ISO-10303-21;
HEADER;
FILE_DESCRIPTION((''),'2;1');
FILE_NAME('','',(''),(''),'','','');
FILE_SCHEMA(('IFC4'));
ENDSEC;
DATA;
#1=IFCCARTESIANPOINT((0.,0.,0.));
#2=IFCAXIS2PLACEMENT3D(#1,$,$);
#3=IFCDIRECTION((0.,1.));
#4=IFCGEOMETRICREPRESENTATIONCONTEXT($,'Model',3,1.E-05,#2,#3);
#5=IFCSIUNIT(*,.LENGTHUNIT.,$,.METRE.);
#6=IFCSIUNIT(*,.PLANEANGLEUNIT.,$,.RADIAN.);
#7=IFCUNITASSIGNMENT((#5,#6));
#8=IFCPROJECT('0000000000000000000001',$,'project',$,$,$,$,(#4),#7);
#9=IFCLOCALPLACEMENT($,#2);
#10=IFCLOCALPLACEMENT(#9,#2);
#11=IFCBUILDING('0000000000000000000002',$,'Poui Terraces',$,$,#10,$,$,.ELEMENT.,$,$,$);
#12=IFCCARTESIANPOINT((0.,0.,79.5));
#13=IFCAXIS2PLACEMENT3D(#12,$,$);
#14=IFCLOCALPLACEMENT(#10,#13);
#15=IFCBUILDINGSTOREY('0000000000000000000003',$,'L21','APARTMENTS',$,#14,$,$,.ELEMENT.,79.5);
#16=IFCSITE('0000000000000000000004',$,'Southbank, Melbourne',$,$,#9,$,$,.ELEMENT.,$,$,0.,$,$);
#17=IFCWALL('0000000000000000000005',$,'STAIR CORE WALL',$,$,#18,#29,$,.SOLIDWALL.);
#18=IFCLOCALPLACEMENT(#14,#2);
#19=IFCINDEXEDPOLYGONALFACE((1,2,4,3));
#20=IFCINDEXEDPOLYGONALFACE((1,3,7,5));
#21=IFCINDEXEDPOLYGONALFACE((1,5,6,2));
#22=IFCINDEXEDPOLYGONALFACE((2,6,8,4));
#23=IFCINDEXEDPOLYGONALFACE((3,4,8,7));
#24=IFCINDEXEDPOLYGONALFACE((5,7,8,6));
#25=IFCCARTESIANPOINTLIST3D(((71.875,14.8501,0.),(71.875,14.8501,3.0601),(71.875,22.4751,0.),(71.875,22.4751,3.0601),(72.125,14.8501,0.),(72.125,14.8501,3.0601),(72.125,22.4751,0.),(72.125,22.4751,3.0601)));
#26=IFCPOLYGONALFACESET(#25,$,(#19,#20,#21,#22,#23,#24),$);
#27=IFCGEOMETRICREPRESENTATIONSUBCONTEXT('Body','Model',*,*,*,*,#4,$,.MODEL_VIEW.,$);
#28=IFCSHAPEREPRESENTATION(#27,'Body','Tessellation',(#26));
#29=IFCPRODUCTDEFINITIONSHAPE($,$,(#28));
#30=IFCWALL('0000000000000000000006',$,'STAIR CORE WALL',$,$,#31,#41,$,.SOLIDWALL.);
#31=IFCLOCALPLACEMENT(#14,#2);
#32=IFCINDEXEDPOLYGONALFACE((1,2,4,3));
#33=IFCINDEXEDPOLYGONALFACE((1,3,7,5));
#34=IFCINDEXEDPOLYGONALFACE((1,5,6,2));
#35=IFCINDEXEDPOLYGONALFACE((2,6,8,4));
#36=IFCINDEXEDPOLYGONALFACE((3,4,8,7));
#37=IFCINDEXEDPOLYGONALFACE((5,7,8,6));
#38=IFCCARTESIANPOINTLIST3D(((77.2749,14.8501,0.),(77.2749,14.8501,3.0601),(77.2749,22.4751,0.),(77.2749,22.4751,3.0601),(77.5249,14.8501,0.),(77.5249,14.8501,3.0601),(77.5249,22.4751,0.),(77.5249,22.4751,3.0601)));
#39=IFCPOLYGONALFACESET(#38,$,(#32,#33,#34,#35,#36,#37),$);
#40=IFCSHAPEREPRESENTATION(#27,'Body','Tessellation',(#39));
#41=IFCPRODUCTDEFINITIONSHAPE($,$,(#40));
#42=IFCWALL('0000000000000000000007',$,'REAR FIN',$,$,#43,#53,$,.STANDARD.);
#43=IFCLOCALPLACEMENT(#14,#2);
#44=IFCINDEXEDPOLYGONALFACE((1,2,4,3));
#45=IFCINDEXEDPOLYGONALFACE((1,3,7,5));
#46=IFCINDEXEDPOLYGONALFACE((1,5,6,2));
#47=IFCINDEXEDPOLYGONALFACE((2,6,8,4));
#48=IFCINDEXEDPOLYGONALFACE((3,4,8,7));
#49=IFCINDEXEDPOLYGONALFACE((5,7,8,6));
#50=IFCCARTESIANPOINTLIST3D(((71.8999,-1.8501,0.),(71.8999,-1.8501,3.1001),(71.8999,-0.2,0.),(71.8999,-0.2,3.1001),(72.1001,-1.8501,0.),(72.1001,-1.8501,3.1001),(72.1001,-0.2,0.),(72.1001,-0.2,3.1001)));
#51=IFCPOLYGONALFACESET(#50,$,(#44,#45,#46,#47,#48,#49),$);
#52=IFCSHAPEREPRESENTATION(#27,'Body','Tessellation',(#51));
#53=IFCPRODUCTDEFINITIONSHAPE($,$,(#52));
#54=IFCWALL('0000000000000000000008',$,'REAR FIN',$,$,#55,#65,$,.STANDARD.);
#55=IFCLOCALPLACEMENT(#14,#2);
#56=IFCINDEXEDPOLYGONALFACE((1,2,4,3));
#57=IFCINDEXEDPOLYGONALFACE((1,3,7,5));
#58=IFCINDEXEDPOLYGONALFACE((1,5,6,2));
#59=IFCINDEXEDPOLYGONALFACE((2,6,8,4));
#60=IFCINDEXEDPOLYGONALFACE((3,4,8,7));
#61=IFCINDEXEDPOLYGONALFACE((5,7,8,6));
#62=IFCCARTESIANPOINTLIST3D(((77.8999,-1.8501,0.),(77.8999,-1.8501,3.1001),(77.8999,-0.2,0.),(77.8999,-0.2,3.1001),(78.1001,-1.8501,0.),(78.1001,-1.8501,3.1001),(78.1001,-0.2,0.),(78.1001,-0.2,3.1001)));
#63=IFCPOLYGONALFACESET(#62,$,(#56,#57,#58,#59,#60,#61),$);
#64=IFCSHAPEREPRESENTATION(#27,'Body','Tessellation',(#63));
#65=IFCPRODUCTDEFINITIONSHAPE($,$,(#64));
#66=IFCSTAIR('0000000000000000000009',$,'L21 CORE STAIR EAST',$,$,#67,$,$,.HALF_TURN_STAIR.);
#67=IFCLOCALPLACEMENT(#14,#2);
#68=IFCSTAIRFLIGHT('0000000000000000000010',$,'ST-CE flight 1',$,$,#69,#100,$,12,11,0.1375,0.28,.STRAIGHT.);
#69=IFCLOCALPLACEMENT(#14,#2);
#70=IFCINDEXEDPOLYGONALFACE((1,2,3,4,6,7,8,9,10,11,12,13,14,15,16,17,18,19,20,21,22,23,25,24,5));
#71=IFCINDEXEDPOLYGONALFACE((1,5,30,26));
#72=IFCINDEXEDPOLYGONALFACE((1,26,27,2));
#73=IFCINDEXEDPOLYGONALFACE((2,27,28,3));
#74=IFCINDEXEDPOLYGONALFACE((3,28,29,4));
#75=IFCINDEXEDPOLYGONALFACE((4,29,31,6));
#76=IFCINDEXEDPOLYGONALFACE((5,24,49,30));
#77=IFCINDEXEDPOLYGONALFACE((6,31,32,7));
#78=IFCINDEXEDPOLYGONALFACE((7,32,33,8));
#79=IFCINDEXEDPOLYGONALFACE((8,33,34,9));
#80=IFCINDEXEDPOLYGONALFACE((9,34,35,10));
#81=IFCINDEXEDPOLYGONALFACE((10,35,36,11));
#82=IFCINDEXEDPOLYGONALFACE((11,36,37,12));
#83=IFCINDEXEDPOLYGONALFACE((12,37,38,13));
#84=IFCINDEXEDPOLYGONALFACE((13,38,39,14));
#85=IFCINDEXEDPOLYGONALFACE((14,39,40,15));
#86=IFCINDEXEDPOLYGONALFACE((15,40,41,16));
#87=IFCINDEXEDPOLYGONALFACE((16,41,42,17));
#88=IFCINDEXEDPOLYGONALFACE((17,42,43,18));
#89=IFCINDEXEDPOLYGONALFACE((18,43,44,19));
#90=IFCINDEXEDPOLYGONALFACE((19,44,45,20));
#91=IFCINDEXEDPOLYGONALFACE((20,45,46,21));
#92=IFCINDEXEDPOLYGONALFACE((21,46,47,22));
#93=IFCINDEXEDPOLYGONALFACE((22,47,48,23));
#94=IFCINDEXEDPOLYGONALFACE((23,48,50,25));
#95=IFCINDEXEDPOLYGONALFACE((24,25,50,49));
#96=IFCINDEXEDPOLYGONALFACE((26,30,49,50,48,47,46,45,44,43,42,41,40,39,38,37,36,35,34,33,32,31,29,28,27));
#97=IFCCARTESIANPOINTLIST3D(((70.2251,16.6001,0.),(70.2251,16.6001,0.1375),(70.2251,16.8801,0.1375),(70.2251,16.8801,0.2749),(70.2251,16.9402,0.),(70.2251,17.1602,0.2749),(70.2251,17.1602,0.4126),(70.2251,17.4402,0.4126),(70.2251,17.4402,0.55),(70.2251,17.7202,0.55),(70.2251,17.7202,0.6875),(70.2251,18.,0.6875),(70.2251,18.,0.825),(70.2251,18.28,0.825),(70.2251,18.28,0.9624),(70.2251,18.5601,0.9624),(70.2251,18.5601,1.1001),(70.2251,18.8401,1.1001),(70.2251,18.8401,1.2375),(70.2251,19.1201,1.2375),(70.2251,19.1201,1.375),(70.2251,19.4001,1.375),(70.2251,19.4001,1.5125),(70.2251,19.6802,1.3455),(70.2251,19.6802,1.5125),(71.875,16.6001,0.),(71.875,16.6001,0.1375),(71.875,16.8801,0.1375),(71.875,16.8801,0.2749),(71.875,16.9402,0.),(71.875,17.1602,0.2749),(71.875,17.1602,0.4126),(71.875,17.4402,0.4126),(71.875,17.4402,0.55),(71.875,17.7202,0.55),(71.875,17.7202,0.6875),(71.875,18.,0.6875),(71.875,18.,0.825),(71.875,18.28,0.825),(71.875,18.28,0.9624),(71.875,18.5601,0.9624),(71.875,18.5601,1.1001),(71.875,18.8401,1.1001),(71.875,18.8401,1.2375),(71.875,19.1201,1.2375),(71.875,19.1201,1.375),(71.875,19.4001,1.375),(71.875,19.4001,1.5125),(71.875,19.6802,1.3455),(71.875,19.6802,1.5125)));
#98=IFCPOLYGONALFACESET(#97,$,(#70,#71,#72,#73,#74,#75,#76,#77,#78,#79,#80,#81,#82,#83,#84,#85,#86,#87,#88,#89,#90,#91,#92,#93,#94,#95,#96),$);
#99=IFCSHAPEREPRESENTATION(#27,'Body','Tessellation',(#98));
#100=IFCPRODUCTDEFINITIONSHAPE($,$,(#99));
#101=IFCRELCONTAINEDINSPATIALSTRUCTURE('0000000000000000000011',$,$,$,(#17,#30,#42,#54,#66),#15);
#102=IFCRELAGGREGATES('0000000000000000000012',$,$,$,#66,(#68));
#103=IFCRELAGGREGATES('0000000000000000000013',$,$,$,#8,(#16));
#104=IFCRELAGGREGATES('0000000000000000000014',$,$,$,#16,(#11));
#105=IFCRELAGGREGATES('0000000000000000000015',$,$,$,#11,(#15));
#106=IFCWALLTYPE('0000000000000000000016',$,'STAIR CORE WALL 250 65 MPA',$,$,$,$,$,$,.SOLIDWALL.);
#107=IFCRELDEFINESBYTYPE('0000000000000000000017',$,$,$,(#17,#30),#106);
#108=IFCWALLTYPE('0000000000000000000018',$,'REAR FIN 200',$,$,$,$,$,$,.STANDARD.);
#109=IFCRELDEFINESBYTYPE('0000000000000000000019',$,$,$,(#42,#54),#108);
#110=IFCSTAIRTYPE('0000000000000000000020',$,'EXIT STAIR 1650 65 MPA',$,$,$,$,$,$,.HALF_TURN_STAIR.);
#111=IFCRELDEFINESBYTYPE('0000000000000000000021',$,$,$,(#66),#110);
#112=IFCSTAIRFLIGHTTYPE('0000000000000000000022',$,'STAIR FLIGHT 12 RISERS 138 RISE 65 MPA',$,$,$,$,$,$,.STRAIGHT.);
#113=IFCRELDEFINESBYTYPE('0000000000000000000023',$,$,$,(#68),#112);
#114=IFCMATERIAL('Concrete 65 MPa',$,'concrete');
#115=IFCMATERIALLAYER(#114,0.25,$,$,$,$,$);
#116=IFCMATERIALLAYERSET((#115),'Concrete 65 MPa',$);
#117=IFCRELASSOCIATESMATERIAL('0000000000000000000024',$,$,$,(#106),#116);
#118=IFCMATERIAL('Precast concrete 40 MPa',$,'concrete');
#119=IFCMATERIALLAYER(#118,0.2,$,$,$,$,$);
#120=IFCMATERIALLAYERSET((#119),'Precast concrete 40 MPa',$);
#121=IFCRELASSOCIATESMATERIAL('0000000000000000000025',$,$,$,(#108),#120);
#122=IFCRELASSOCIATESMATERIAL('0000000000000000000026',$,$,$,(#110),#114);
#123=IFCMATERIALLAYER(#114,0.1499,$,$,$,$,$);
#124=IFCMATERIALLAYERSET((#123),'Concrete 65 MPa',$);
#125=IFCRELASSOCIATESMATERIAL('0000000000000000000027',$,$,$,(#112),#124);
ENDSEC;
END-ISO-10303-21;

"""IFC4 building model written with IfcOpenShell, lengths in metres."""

from ifc_helpers import new_model, si_unit, direction, frame, frame_2d, origin, place, context, subcontext, project, spatial, polyline, rectangle, outline, extrude, source, transform, mapped, material, layer, layer_set, type_object, element, aggregate, save


model = new_model("IFC4")

# Units and contexts
model_context = context("Model", 3, precision=1e-05, world=origin(), true_north=direction((0.0, 1.0)))
body_context = subcontext(model_context, "Body", "Model", "MODEL_VIEW")
ifc_project = project(units=[si_unit("LENGTHUNIT", "METRE"), si_unit("PLANEANGLEUNIT", "RADIAN")], contexts=[model_context])

# Site, building, storey
site_placement = place(None, origin())
site = spatial("IfcSite", under=ifc_project, at=site_placement, Name="Southbank, Melbourne", CompositionType="ELEMENT", RefElevation=0.0)
building_placement = place(site_placement, origin())
building = spatial("IfcBuilding", under=site, at=building_placement, Name="Poui Terraces", CompositionType="ELEMENT")
storey_placement = place(building_placement, frame((0.0, 0.0, 79.5)))
storey = spatial("IfcBuildingStorey", under=building, at=storey_placement, Name="L21", Description="APARTMENTS", CompositionType="ELEMENT", Elevation=79.5)

# Shared definitions
ifc_material_1 = material(Name="Concrete 65 MPa", Category="concrete")

# Shared definitions
ifc_material_2 = material(Name="Precast concrete 40 MPa", Category="concrete")

# Walls
ifc_layer_1 = layer(ifc_material_1, 0.25)
ifc_layer_set_1 = layer_set([ifc_layer_1], Name="Concrete 65 MPa")
wall_type_1 = type_object("IfcWallType", Name="STAIR CORE WALL 250 65 MPA", PredefinedType="SOLIDWALL", material=ifc_layer_set_1)
for number, where, z_axis, x_axis, name in (
    (1, (72.0, 14.8501, 0.0), (0.0, 0.0, 1.0), (0.0, 1.0, 0.0), "STAIR CORE WALL"),
    (2, (77.3999, 14.8501, 0.0), (0.0, 0.0, 1.0), (0.0, 1.0, 0.0), "STAIR CORE WALL"),
):
    element("IfcWall", number, at=place(storey_placement, frame(where, z_axis=z_axis, x_axis=x_axis)), inside=storey, type_object=wall_type_1, Name=name, PredefinedType="SOLIDWALL", context=body_context, shape_type="SweptSolid", body=[
        extrude(rectangle(XDim=7.625, YDim=0.25, at=frame_2d((3.8125, 0.0))), origin(), (0.0, 0.0, 1.0), 3.0601),
    ])
ifc_layer_2 = layer(ifc_material_2, 0.2)
ifc_layer_set_2 = layer_set([ifc_layer_2], Name="Precast concrete 40 MPa")
wall_type_2 = type_object("IfcWallType", Name="REAR FIN 200", PredefinedType="STANDARD", material=ifc_layer_set_2)
shared_shape_1 = source(origin(), body_context, "Body", "SweptSolid", [
    extrude(outline(polyline([(0.0, 0.0), (0.2002, 0.0), (0.2002, 1.6501), (0.0, 1.6501), (0.0, 0.0)])), origin(), (0.0, 0.0, 1.0), 3.1001),
])
for number, where, name in (
    (3, (71.8999, -1.8501, 0.0), "REAR FIN"),
    (4, (77.8999, -1.8501, 0.0), "REAR FIN"),
):
    element("IfcWall", number, at=place(storey_placement, frame(where)), inside=storey, type_object=wall_type_2, Name=name, PredefinedType="STANDARD", context=body_context, shape_type="MappedRepresentation", body=[
        mapped(shared_shape_1, transform((0.0, 0.0, 0.0))),
    ])

# Stair, stair flight
stair_type = type_object("IfcStairType", Name="EXIT STAIR 1650 65 MPA", PredefinedType="HALF_TURN_STAIR", material=ifc_material_1)
stair_placement = place(storey_placement, origin())
stair = element("IfcStair", 5, at=stair_placement, inside=storey, type_object=stair_type, Name="L21 CORE STAIR EAST", PredefinedType="HALF_TURN_STAIR")
ifc_layer_3 = layer(ifc_material_1, 0.1499)
ifc_layer_set_3 = layer_set([ifc_layer_3], Name="Concrete 65 MPa")
stair_flight_type = type_object("IfcStairFlightType", Name="STAIR FLIGHT 12 RISERS 138 RISE 65 MPA", PredefinedType="STRAIGHT", material=ifc_layer_set_3)
stair_flight_placement = place(storey_placement, frame((71.05, 16.6001, 0.0), z_axis=(0.0, 0.0, 1.0), x_axis=(0.0, 1.0, 0.0)))
stair_flight = element("IfcStairFlight", 6, at=stair_flight_placement, type_object=stair_flight_type, Name="ST-CE flight 1", NumberOfRisers=12, NumberOfTreads=11, PredefinedType="STRAIGHT", RiserHeight=0.1375, TreadLength=0.28, context=body_context, shape_type="SweptSolid", body=[
    extrude(outline(polyline([(0.0, 0.0), (0.0, 0.1375), (0.28, 0.1375), (0.28, 0.2749), (0.5601, 0.2749), (0.5601, 0.4126), (0.8401, 0.4126), (0.8401, 0.55), (1.1201, 0.55), (1.1201, 0.6875), (1.3999, 0.6875), (1.3999, 0.825), (1.6799, 0.825), (1.6799, 0.9624), (1.96, 0.9624), (1.96, 1.1001), (2.24, 1.1001), (2.24, 1.2375), (2.52, 1.2375), (2.52, 1.375), (2.8, 1.375), (2.8, 1.5125), (3.0801, 1.5125), (3.0801, 1.6499), (3.0801, 1.3455), (0.3401, 0.0), (0.0, 0.0)])), frame((0.0, 0.825, 0.0), z_axis=(0.0, -1.0, 0.0), x_axis=(1.0, 0.0, 0.0)), (0.0, 0.0, 1.0), 1.6499),
])
aggregate(stair, [stair_flight])

save(model, "model.ifc")
